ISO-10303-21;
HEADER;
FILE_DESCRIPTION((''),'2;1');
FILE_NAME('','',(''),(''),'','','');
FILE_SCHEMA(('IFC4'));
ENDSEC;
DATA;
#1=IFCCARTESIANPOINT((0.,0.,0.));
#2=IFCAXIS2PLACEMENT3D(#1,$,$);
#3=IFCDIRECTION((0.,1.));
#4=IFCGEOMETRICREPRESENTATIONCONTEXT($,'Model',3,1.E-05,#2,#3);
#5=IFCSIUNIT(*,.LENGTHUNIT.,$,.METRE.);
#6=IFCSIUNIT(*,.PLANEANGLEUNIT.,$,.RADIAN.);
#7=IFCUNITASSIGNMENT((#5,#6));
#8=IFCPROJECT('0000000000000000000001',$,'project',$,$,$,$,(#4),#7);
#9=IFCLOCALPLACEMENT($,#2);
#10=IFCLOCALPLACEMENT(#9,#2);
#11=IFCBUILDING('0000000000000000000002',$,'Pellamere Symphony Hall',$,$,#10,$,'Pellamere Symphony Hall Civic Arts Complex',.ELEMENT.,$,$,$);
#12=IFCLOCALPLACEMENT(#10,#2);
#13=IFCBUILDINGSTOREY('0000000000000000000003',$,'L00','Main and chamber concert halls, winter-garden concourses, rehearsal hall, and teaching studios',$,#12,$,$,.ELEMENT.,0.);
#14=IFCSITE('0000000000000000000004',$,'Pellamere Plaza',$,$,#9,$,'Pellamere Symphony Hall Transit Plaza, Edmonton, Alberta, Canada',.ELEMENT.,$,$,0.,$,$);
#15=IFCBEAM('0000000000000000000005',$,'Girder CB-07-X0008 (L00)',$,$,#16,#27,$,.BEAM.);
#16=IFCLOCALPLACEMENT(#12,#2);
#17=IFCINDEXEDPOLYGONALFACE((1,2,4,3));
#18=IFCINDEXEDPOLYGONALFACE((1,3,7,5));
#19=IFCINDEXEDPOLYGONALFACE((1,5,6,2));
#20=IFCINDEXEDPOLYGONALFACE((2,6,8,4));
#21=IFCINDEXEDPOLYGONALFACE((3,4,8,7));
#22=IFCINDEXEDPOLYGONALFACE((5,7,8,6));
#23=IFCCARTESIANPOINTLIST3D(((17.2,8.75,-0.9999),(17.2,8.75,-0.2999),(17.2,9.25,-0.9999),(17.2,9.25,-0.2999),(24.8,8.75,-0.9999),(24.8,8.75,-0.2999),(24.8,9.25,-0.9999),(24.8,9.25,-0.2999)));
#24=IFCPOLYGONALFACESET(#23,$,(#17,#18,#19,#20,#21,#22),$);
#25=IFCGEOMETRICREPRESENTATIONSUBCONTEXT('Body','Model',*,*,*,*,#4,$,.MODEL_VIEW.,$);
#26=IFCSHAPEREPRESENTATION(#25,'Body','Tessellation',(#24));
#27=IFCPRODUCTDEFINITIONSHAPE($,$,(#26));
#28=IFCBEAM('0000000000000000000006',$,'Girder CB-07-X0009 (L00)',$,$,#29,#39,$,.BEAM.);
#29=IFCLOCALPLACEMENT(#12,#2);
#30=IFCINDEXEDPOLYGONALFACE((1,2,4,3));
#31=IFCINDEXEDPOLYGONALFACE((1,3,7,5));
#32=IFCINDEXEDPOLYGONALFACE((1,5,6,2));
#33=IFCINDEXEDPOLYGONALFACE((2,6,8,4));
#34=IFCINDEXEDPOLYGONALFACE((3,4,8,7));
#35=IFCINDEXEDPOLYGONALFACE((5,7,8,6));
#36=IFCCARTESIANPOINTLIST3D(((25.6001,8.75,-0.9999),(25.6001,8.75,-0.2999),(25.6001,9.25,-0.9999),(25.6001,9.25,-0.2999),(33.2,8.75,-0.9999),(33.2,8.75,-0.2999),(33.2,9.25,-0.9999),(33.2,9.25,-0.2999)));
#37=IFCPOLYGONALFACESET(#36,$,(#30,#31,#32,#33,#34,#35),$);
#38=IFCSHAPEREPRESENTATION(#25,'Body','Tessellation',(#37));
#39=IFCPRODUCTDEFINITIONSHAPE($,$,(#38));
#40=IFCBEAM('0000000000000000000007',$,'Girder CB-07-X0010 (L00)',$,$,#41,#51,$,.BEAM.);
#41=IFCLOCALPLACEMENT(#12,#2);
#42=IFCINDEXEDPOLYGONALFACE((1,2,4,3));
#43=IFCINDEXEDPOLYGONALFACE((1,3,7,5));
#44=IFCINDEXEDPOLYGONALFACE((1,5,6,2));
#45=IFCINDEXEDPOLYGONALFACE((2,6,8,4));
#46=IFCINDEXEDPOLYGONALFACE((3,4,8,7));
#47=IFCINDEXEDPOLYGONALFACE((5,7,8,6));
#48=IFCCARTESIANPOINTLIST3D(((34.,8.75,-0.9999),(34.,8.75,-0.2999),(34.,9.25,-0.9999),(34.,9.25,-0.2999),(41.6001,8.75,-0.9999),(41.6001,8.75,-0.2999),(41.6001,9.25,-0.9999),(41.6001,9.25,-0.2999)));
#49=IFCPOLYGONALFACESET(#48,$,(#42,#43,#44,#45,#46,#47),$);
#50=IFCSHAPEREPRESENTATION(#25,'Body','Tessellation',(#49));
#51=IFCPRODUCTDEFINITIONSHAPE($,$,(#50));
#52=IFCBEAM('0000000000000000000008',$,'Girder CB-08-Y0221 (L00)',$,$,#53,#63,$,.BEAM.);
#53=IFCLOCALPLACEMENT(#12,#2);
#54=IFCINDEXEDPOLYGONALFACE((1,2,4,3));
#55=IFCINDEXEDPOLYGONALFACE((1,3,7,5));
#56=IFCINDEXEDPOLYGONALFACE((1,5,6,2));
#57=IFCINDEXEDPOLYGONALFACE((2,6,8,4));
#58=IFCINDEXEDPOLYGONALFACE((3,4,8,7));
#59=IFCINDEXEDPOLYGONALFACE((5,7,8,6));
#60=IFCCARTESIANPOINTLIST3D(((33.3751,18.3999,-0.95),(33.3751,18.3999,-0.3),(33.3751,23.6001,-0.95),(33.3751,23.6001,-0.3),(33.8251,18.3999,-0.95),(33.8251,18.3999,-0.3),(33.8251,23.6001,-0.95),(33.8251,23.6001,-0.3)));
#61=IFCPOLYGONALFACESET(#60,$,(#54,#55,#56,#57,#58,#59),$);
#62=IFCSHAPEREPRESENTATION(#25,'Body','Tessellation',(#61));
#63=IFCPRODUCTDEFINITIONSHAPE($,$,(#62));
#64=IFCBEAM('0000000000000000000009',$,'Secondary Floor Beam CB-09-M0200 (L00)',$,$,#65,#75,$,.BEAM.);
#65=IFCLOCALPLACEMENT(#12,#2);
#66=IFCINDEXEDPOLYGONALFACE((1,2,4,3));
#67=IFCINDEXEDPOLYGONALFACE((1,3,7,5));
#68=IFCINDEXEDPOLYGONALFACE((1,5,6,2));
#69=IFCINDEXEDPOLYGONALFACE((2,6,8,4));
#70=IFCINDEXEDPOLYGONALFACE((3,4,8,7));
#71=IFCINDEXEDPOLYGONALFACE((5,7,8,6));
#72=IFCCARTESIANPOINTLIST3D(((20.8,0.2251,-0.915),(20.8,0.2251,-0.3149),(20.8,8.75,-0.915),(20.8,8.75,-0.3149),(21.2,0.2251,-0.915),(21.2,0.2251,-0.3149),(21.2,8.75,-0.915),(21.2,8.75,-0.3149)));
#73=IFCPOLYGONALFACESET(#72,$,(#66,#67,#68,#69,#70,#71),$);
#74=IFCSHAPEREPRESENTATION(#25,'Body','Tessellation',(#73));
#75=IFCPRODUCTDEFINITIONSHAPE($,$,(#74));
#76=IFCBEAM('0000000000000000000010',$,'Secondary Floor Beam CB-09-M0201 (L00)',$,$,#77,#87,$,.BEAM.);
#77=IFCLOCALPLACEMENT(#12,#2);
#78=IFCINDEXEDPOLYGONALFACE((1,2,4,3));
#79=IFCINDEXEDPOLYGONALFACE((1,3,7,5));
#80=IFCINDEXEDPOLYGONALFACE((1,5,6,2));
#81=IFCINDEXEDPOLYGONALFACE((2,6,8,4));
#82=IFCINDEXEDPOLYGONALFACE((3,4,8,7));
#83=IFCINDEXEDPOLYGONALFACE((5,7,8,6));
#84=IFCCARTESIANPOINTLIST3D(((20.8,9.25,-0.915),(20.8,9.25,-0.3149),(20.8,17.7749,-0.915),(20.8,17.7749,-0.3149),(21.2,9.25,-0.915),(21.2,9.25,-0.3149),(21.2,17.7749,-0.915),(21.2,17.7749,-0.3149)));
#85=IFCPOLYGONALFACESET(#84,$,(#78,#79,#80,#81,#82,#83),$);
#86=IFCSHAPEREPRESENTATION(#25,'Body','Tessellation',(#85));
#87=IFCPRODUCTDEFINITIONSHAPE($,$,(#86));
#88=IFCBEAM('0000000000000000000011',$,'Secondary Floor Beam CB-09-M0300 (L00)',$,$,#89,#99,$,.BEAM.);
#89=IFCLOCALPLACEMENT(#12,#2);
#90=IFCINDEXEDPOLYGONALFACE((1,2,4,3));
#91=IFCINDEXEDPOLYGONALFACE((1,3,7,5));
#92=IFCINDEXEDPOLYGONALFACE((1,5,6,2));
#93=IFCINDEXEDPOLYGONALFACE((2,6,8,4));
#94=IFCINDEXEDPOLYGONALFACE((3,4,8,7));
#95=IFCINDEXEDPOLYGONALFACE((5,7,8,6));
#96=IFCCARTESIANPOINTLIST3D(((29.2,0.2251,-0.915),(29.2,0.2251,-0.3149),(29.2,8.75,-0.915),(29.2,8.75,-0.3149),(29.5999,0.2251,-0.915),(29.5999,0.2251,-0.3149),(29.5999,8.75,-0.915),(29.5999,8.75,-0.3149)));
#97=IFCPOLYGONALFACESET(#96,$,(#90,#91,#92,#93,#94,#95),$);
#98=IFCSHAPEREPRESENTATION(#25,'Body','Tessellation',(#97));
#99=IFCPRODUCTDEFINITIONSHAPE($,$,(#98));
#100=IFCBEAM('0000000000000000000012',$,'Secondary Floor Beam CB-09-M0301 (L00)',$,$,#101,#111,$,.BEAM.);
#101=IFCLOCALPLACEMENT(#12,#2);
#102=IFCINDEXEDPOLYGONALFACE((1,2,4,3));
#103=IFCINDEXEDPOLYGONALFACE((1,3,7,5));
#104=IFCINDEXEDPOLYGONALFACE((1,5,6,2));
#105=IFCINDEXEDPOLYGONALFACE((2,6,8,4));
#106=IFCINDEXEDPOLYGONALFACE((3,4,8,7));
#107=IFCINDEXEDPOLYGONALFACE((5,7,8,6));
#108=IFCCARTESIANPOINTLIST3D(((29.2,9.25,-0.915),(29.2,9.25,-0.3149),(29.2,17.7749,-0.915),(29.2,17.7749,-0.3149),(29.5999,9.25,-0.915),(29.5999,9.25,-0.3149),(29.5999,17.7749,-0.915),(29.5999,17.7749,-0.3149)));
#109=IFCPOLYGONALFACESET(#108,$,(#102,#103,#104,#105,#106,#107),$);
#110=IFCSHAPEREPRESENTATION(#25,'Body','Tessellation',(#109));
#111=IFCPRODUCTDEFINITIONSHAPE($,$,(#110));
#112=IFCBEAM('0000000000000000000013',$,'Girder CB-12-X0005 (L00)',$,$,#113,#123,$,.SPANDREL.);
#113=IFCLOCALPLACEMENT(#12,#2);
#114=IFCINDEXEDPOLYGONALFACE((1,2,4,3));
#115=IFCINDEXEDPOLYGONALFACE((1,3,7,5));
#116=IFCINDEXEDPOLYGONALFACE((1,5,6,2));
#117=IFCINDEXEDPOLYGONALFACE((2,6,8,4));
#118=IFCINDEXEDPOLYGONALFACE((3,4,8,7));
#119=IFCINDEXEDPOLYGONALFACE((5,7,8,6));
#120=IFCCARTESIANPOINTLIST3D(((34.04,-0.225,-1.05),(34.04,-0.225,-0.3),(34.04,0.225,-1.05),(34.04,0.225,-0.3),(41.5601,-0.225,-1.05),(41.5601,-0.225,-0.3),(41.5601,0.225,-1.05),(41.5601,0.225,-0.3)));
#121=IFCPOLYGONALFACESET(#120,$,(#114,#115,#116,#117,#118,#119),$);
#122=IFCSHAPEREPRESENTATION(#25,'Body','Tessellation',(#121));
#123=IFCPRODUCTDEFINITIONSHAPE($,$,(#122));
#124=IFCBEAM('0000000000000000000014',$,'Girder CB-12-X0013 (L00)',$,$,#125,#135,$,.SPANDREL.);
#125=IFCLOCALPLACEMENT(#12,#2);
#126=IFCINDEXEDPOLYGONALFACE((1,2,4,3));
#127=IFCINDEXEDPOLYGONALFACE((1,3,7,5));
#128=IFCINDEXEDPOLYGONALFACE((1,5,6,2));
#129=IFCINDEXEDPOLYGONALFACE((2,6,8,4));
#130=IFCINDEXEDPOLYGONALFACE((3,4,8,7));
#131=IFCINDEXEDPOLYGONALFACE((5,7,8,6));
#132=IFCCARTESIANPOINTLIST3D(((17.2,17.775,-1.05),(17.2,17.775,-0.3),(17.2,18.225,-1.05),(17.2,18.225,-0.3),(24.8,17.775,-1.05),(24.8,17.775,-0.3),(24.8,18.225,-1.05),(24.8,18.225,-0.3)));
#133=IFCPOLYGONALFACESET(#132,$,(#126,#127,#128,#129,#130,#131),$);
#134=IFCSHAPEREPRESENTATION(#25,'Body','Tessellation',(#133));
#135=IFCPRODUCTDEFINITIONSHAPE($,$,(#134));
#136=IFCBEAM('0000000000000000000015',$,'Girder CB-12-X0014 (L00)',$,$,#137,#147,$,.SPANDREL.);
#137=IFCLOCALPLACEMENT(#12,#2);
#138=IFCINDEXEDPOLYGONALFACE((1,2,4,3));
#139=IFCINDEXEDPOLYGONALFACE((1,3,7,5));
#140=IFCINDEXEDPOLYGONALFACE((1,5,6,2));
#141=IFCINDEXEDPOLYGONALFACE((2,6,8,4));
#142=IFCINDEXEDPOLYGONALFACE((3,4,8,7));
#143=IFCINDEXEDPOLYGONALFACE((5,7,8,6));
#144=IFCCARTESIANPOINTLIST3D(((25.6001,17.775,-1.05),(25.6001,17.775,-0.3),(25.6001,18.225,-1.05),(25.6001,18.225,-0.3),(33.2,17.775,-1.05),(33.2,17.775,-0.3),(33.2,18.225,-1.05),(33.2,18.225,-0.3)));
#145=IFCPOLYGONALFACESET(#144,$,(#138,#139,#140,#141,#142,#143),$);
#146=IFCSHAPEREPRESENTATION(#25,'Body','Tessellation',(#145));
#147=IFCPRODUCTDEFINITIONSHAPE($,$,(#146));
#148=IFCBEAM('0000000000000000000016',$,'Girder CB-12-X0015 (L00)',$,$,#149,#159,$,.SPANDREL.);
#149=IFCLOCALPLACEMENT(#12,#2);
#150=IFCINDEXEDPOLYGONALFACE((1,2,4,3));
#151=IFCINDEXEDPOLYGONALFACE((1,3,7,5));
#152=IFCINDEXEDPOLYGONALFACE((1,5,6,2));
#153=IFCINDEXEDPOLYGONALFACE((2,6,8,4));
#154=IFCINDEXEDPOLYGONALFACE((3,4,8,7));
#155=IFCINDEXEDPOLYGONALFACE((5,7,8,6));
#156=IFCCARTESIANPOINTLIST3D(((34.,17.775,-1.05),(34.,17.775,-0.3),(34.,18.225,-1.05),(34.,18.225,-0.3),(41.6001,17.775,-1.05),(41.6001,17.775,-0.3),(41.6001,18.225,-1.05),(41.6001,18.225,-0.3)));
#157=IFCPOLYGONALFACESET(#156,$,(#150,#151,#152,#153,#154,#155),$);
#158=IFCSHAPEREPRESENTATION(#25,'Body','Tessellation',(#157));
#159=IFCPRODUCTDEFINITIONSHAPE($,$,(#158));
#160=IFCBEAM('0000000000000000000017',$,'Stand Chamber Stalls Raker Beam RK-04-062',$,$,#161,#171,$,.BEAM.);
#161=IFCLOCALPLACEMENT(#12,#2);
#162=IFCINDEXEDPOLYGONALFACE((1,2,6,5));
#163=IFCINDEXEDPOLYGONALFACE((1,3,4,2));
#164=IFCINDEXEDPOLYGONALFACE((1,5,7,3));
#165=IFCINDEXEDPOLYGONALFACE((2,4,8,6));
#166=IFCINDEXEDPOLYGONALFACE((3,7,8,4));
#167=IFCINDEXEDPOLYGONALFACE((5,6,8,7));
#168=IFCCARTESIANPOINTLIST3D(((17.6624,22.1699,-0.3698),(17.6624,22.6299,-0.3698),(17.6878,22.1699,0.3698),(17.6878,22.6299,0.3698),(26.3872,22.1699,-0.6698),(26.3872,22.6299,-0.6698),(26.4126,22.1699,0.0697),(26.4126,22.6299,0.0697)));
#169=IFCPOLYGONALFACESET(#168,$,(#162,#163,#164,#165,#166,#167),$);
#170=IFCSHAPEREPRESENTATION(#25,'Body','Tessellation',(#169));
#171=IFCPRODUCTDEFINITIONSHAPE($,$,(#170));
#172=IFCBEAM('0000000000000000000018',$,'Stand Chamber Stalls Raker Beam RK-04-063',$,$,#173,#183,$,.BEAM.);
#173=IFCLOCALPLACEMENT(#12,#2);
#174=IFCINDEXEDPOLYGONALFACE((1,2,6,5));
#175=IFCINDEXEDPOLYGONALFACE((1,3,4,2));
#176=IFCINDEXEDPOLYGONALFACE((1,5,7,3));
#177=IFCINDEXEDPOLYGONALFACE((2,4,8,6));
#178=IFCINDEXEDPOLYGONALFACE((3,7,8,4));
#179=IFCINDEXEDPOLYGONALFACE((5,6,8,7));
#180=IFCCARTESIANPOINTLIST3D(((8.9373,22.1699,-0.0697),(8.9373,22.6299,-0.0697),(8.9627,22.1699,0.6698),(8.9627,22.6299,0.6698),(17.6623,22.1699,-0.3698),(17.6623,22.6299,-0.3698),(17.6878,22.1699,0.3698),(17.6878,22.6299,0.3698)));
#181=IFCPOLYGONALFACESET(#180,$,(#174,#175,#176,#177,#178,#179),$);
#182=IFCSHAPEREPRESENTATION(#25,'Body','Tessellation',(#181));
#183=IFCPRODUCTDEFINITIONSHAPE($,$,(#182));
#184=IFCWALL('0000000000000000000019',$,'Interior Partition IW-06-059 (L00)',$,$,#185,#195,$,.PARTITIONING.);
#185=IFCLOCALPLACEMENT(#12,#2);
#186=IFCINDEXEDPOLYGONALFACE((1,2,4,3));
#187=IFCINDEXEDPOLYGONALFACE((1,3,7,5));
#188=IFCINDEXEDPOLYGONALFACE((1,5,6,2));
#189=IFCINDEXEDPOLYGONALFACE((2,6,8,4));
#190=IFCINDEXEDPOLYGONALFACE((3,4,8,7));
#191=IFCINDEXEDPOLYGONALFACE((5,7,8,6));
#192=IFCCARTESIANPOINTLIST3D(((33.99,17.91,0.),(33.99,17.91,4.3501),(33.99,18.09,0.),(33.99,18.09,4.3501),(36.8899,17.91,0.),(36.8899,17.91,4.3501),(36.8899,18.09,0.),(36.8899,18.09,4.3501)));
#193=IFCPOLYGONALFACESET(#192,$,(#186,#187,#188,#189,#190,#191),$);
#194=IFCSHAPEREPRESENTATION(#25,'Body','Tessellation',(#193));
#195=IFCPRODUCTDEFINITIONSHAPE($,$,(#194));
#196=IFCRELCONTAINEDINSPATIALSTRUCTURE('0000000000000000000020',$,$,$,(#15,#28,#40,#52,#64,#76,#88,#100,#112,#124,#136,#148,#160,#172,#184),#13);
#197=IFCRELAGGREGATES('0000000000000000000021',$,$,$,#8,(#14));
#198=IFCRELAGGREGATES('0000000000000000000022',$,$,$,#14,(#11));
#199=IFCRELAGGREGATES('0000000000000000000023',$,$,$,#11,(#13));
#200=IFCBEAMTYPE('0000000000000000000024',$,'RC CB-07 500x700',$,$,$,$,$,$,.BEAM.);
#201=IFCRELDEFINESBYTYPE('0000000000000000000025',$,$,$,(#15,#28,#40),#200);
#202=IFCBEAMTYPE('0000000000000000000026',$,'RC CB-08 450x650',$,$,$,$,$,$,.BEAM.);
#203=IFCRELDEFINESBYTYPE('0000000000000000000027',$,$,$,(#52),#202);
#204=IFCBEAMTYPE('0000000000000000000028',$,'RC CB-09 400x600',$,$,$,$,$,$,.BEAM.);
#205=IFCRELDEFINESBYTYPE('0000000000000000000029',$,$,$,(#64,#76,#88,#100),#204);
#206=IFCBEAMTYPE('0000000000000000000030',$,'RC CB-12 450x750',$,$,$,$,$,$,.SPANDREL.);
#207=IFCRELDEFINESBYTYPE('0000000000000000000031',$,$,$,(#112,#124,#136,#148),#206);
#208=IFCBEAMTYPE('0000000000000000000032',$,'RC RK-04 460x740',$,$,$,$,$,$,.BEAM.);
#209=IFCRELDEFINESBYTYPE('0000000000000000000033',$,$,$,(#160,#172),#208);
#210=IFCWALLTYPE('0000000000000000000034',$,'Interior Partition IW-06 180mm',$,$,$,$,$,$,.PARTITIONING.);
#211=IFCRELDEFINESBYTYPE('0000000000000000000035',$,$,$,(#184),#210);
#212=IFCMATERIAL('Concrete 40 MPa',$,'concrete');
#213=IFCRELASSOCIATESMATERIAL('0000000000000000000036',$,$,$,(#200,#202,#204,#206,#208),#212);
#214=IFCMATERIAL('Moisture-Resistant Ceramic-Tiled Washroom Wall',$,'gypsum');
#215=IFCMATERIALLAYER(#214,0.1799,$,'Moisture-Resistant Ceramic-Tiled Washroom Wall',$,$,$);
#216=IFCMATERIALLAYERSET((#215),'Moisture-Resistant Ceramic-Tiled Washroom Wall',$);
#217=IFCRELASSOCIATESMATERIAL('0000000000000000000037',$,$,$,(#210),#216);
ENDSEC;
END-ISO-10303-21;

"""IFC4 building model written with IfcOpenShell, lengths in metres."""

from ifc_helpers import new_model, si_unit, direction, frame, frame_2d, origin, origin_2d, place, context, subcontext, project, spatial, rectangle, extrude, material, layer, layer_set, material_profile, profile_set, type_object, element, save


model = new_model("IFC4")

# Units and contexts
model_context = context("Model", 3, precision=1e-05, world=origin(), true_north=direction((0.0, 1.0)))
body_context = subcontext(model_context, "Body", "Model", "MODEL_VIEW")
ifc_project = project(units=[si_unit("LENGTHUNIT", "METRE"), si_unit("PLANEANGLEUNIT", "RADIAN")], contexts=[model_context])

# Site, building, storey
site_placement = place(None, origin())
site = spatial("IfcSite", under=ifc_project, at=site_placement, Name="Pellamere Plaza", LongName="Pellamere Symphony Hall Transit Plaza, Edmonton, Alberta, Canada", CompositionType="ELEMENT", RefElevation=0.0)
building_placement = place(site_placement, origin())
building = spatial("IfcBuilding", under=site, at=building_placement, Name="Pellamere Symphony Hall", LongName="Pellamere Symphony Hall Civic Arts Complex", CompositionType="ELEMENT")
storey_placement = place(building_placement, origin())
storey = spatial("IfcBuildingStorey", under=building, at=storey_placement, Name="L00", Description="Main and chamber concert halls, winter-garden concourses, rehearsal hall, and teaching studios", CompositionType="ELEMENT", Elevation=0.0)

# Shared definitions
ifc_material_1 = material(Name="Concrete 40 MPa", Category="concrete")

# Beams
ifc_material_profile_1 = material_profile(ifc_material_1, rectangle(XDim=0.5, YDim=0.7, at=origin_2d()), Name="RC 500x700")
ifc_profile_set_1 = profile_set([ifc_material_profile_1], Name="Concrete 40 MPa")
beam_type_1 = type_object("IfcBeamType", Name="RC CB-07 500x700", PredefinedType="BEAM", material=ifc_profile_set_1)
beam_1_placement = place(storey_placement, frame((17.2, 9.0, -0.6499), z_axis=(1.0, 0.0, 0.0), x_axis=(0.0, 1.0, 0.0)))
element("IfcBeam", 1, at=beam_1_placement, inside=storey, type_object=beam_type_1, Name="Girder CB-07-X0008 (L00)", PredefinedType="BEAM", context=body_context, shape_type="SweptSolid", body=[
    extrude(rectangle(XDim=0.5, YDim=0.7, at=origin_2d()), origin(), (0.0, 0.0, 1.0), 7.6001),
])
beam_2_placement = place(storey_placement, frame((25.6001, 9.0, -0.6499), z_axis=(1.0, 0.0, 0.0), x_axis=(0.0, 1.0, 0.0)))
element("IfcBeam", 2, at=beam_2_placement, inside=storey, type_object=beam_type_1, Name="Girder CB-07-X0009 (L00)", PredefinedType="BEAM", context=body_context, shape_type="SweptSolid", body=[
    extrude(rectangle(XDim=0.5, YDim=0.7, at=origin_2d()), origin(), (0.0, 0.0, 1.0), 7.5999),
])
beam_3_placement = place(storey_placement, frame((34.0, 9.0, -0.6499), z_axis=(1.0, 0.0, 0.0), x_axis=(0.0, 1.0, 0.0)))
element("IfcBeam", 3, at=beam_3_placement, inside=storey, type_object=beam_type_1, Name="Girder CB-07-X0010 (L00)", PredefinedType="BEAM", context=body_context, shape_type="SweptSolid", body=[
    extrude(rectangle(XDim=0.5, YDim=0.7, at=origin_2d()), origin(), (0.0, 0.0, 1.0), 7.6001),
])
ifc_material_profile_2 = material_profile(ifc_material_1, rectangle(XDim=0.45, YDim=0.6499, at=origin_2d()), Name="RC 450x650")
ifc_profile_set_2 = profile_set([ifc_material_profile_2], Name="Concrete 40 MPa")
beam_type_2 = type_object("IfcBeamType", Name="RC CB-08 450x650", PredefinedType="BEAM", material=ifc_profile_set_2)
beam_4_placement = place(storey_placement, frame((33.6001, 18.3999, -0.625), z_axis=(0.0, 1.0, 0.0), x_axis=(-1.0, 0.0, 0.0)))
element("IfcBeam", 4, at=beam_4_placement, inside=storey, type_object=beam_type_2, Name="Girder CB-08-Y0221 (L00)", PredefinedType="BEAM", context=body_context, shape_type="SweptSolid", body=[
    extrude(rectangle(XDim=0.45, YDim=0.6499, at=origin_2d()), origin(), (0.0, 0.0, 1.0), 5.2002),
])
ifc_material_profile_3 = material_profile(ifc_material_1, rectangle(XDim=0.3999, YDim=0.6001, at=origin_2d()), Name="RC 400x600")
ifc_profile_set_3 = profile_set([ifc_material_profile_3], Name="Concrete 40 MPa")
beam_type_3 = type_object("IfcBeamType", Name="RC CB-09 400x600", PredefinedType="BEAM", material=ifc_profile_set_3)
for number, where, z_axis, x_axis, name in (
    (5, (21.0, 0.2251, -0.615), (0.0, 1.0, 0.0), (-1.0, 0.0, 0.0), "Secondary Floor Beam CB-09-M0200 (L00)"),
    (6, (21.0, 9.25, -0.615), (0.0, 1.0, 0.0), (-1.0, 0.0, 0.0), "Secondary Floor Beam CB-09-M0201 (L00)"),
    (7, (29.3999, 0.2251, -0.615), (0.0, 1.0, 0.0), (-1.0, 0.0, 0.0), "Secondary Floor Beam CB-09-M0300 (L00)"),
    (8, (29.3999, 9.25, -0.615), (0.0, 1.0, 0.0), (-1.0, 0.0, 0.0), "Secondary Floor Beam CB-09-M0301 (L00)"),
):
    element("IfcBeam", number, at=place(storey_placement, frame(where, z_axis=z_axis, x_axis=x_axis)), inside=storey, type_object=beam_type_3, Name=name, PredefinedType="BEAM", context=body_context, shape_type="SweptSolid", body=[
        extrude(rectangle(XDim=0.3999, YDim=0.6001, at=origin_2d()), origin(), (0.0, 0.0, 1.0), 8.5249),
    ])
ifc_material_profile_4 = material_profile(ifc_material_1, rectangle(XDim=0.45, YDim=0.75, at=origin_2d()), Name="RC 450x750")
ifc_profile_set_4 = profile_set([ifc_material_profile_4], Name="Concrete 40 MPa")
beam_type_4 = type_object("IfcBeamType", Name="RC CB-12 450x750", PredefinedType="SPANDREL", material=ifc_profile_set_4)
beam_5_placement = place(storey_placement, frame((34.04, 0.0, -0.675), z_axis=(1.0, 0.0, 0.0), x_axis=(0.0, 1.0, 0.0)))
element("IfcBeam", 9, at=beam_5_placement, inside=storey, type_object=beam_type_4, Name="Girder CB-12-X0005 (L00)", PredefinedType="SPANDREL", context=body_context, shape_type="SweptSolid", body=[
    extrude(rectangle(XDim=0.45, YDim=0.75, at=origin_2d()), origin(), (0.0, 0.0, 1.0), 7.52),
])
beam_6_placement = place(storey_placement, frame((17.2, 18.0, -0.675), z_axis=(1.0, 0.0, 0.0), x_axis=(0.0, 1.0, 0.0)))
element("IfcBeam", 10, at=beam_6_placement, inside=storey, type_object=beam_type_4, Name="Girder CB-12-X0013 (L00)", PredefinedType="SPANDREL", context=body_context, shape_type="SweptSolid", body=[
    extrude(rectangle(XDim=0.45, YDim=0.75, at=origin_2d()), origin(), (0.0, 0.0, 1.0), 7.6001),
])
beam_7_placement = place(storey_placement, frame((25.6001, 18.0, -0.675), z_axis=(1.0, 0.0, 0.0), x_axis=(0.0, 1.0, 0.0)))
element("IfcBeam", 11, at=beam_7_placement, inside=storey, type_object=beam_type_4, Name="Girder CB-12-X0014 (L00)", PredefinedType="SPANDREL", context=body_context, shape_type="SweptSolid", body=[
    extrude(rectangle(XDim=0.45, YDim=0.75, at=origin_2d()), origin(), (0.0, 0.0, 1.0), 7.5999),
])
beam_8_placement = place(storey_placement, frame((34.0, 18.0, -0.675), z_axis=(1.0, 0.0, 0.0), x_axis=(0.0, 1.0, 0.0)))
element("IfcBeam", 12, at=beam_8_placement, inside=storey, type_object=beam_type_4, Name="Girder CB-12-X0015 (L00)", PredefinedType="SPANDREL", context=body_context, shape_type="SweptSolid", body=[
    extrude(rectangle(XDim=0.45, YDim=0.75, at=origin_2d()), origin(), (0.0, 0.0, 1.0), 7.6001),
])
ifc_material_profile_5 = material_profile(ifc_material_1, rectangle(XDim=0.46, YDim=0.74, at=origin_2d()), Name="RC 460x740")
ifc_profile_set_5 = profile_set([ifc_material_profile_5], Name="Concrete 40 MPa")
beam_type_5 = type_object("IfcBeamType", Name="RC RK-04 460x740", PredefinedType="BEAM", material=ifc_profile_set_5)
beam_9_placement = place(storey_placement, frame((26.3999, 22.3999, -0.3), z_axis=(-0.999409, 0.0, 0.03437), x_axis=(0.0, -1.0, 0.0)))
element("IfcBeam", 13, at=beam_9_placement, inside=storey, type_object=beam_type_5, Name="Stand Chamber Stalls Raker Beam RK-04-062", PredefinedType="BEAM", context=body_context, shape_type="SweptSolid", body=[
    extrude(rectangle(XDim=0.46, YDim=0.74, at=origin_2d()), origin(), (0.0, 0.0, 1.0), 8.73),
])
beam_10_placement = place(storey_placement, frame((17.675, 22.3999, 0.0), z_axis=(-0.999409, 0.0, 0.034369), x_axis=(0.0, -1.0, 0.0)))
element("IfcBeam", 14, at=beam_10_placement, inside=storey, type_object=beam_type_5, Name="Stand Chamber Stalls Raker Beam RK-04-063", PredefinedType="BEAM", context=body_context, shape_type="SweptSolid", body=[
    extrude(rectangle(XDim=0.46, YDim=0.74, at=origin_2d()), origin(), (0.0, 0.0, 1.0), 8.7302),
])

# Wall
ifc_material_2 = material(Name="Moisture-Resistant Ceramic-Tiled Washroom Wall", Category="gypsum")
ifc_layer_1 = layer(ifc_material_2, 0.1799, Name="Moisture-Resistant Ceramic-Tiled Washroom Wall")
ifc_layer_set_1 = layer_set([ifc_layer_1], Name="Moisture-Resistant Ceramic-Tiled Washroom Wall")
wall_type_1 = type_object("IfcWallType", Name="Interior Partition IW-06 180mm", PredefinedType="PARTITIONING", material=ifc_layer_set_1)
wall_1_placement = place(storey_placement, frame((33.99, 18.0, 0.0), z_axis=(0.0, 0.0, 1.0), x_axis=(1.0, 0.0, 0.0)))
element("IfcWall", 15, at=wall_1_placement, inside=storey, type_object=wall_type_1, Name="Interior Partition IW-06-059 (L00)", PredefinedType="PARTITIONING", context=body_context, shape_type="SweptSolid", body=[
    extrude(rectangle(XDim=2.8999, YDim=0.1799, at=frame_2d((1.45, 0.0))), origin(), (0.0, 0.0, 1.0), 4.3501),
])

save(model, "model.ifc")
